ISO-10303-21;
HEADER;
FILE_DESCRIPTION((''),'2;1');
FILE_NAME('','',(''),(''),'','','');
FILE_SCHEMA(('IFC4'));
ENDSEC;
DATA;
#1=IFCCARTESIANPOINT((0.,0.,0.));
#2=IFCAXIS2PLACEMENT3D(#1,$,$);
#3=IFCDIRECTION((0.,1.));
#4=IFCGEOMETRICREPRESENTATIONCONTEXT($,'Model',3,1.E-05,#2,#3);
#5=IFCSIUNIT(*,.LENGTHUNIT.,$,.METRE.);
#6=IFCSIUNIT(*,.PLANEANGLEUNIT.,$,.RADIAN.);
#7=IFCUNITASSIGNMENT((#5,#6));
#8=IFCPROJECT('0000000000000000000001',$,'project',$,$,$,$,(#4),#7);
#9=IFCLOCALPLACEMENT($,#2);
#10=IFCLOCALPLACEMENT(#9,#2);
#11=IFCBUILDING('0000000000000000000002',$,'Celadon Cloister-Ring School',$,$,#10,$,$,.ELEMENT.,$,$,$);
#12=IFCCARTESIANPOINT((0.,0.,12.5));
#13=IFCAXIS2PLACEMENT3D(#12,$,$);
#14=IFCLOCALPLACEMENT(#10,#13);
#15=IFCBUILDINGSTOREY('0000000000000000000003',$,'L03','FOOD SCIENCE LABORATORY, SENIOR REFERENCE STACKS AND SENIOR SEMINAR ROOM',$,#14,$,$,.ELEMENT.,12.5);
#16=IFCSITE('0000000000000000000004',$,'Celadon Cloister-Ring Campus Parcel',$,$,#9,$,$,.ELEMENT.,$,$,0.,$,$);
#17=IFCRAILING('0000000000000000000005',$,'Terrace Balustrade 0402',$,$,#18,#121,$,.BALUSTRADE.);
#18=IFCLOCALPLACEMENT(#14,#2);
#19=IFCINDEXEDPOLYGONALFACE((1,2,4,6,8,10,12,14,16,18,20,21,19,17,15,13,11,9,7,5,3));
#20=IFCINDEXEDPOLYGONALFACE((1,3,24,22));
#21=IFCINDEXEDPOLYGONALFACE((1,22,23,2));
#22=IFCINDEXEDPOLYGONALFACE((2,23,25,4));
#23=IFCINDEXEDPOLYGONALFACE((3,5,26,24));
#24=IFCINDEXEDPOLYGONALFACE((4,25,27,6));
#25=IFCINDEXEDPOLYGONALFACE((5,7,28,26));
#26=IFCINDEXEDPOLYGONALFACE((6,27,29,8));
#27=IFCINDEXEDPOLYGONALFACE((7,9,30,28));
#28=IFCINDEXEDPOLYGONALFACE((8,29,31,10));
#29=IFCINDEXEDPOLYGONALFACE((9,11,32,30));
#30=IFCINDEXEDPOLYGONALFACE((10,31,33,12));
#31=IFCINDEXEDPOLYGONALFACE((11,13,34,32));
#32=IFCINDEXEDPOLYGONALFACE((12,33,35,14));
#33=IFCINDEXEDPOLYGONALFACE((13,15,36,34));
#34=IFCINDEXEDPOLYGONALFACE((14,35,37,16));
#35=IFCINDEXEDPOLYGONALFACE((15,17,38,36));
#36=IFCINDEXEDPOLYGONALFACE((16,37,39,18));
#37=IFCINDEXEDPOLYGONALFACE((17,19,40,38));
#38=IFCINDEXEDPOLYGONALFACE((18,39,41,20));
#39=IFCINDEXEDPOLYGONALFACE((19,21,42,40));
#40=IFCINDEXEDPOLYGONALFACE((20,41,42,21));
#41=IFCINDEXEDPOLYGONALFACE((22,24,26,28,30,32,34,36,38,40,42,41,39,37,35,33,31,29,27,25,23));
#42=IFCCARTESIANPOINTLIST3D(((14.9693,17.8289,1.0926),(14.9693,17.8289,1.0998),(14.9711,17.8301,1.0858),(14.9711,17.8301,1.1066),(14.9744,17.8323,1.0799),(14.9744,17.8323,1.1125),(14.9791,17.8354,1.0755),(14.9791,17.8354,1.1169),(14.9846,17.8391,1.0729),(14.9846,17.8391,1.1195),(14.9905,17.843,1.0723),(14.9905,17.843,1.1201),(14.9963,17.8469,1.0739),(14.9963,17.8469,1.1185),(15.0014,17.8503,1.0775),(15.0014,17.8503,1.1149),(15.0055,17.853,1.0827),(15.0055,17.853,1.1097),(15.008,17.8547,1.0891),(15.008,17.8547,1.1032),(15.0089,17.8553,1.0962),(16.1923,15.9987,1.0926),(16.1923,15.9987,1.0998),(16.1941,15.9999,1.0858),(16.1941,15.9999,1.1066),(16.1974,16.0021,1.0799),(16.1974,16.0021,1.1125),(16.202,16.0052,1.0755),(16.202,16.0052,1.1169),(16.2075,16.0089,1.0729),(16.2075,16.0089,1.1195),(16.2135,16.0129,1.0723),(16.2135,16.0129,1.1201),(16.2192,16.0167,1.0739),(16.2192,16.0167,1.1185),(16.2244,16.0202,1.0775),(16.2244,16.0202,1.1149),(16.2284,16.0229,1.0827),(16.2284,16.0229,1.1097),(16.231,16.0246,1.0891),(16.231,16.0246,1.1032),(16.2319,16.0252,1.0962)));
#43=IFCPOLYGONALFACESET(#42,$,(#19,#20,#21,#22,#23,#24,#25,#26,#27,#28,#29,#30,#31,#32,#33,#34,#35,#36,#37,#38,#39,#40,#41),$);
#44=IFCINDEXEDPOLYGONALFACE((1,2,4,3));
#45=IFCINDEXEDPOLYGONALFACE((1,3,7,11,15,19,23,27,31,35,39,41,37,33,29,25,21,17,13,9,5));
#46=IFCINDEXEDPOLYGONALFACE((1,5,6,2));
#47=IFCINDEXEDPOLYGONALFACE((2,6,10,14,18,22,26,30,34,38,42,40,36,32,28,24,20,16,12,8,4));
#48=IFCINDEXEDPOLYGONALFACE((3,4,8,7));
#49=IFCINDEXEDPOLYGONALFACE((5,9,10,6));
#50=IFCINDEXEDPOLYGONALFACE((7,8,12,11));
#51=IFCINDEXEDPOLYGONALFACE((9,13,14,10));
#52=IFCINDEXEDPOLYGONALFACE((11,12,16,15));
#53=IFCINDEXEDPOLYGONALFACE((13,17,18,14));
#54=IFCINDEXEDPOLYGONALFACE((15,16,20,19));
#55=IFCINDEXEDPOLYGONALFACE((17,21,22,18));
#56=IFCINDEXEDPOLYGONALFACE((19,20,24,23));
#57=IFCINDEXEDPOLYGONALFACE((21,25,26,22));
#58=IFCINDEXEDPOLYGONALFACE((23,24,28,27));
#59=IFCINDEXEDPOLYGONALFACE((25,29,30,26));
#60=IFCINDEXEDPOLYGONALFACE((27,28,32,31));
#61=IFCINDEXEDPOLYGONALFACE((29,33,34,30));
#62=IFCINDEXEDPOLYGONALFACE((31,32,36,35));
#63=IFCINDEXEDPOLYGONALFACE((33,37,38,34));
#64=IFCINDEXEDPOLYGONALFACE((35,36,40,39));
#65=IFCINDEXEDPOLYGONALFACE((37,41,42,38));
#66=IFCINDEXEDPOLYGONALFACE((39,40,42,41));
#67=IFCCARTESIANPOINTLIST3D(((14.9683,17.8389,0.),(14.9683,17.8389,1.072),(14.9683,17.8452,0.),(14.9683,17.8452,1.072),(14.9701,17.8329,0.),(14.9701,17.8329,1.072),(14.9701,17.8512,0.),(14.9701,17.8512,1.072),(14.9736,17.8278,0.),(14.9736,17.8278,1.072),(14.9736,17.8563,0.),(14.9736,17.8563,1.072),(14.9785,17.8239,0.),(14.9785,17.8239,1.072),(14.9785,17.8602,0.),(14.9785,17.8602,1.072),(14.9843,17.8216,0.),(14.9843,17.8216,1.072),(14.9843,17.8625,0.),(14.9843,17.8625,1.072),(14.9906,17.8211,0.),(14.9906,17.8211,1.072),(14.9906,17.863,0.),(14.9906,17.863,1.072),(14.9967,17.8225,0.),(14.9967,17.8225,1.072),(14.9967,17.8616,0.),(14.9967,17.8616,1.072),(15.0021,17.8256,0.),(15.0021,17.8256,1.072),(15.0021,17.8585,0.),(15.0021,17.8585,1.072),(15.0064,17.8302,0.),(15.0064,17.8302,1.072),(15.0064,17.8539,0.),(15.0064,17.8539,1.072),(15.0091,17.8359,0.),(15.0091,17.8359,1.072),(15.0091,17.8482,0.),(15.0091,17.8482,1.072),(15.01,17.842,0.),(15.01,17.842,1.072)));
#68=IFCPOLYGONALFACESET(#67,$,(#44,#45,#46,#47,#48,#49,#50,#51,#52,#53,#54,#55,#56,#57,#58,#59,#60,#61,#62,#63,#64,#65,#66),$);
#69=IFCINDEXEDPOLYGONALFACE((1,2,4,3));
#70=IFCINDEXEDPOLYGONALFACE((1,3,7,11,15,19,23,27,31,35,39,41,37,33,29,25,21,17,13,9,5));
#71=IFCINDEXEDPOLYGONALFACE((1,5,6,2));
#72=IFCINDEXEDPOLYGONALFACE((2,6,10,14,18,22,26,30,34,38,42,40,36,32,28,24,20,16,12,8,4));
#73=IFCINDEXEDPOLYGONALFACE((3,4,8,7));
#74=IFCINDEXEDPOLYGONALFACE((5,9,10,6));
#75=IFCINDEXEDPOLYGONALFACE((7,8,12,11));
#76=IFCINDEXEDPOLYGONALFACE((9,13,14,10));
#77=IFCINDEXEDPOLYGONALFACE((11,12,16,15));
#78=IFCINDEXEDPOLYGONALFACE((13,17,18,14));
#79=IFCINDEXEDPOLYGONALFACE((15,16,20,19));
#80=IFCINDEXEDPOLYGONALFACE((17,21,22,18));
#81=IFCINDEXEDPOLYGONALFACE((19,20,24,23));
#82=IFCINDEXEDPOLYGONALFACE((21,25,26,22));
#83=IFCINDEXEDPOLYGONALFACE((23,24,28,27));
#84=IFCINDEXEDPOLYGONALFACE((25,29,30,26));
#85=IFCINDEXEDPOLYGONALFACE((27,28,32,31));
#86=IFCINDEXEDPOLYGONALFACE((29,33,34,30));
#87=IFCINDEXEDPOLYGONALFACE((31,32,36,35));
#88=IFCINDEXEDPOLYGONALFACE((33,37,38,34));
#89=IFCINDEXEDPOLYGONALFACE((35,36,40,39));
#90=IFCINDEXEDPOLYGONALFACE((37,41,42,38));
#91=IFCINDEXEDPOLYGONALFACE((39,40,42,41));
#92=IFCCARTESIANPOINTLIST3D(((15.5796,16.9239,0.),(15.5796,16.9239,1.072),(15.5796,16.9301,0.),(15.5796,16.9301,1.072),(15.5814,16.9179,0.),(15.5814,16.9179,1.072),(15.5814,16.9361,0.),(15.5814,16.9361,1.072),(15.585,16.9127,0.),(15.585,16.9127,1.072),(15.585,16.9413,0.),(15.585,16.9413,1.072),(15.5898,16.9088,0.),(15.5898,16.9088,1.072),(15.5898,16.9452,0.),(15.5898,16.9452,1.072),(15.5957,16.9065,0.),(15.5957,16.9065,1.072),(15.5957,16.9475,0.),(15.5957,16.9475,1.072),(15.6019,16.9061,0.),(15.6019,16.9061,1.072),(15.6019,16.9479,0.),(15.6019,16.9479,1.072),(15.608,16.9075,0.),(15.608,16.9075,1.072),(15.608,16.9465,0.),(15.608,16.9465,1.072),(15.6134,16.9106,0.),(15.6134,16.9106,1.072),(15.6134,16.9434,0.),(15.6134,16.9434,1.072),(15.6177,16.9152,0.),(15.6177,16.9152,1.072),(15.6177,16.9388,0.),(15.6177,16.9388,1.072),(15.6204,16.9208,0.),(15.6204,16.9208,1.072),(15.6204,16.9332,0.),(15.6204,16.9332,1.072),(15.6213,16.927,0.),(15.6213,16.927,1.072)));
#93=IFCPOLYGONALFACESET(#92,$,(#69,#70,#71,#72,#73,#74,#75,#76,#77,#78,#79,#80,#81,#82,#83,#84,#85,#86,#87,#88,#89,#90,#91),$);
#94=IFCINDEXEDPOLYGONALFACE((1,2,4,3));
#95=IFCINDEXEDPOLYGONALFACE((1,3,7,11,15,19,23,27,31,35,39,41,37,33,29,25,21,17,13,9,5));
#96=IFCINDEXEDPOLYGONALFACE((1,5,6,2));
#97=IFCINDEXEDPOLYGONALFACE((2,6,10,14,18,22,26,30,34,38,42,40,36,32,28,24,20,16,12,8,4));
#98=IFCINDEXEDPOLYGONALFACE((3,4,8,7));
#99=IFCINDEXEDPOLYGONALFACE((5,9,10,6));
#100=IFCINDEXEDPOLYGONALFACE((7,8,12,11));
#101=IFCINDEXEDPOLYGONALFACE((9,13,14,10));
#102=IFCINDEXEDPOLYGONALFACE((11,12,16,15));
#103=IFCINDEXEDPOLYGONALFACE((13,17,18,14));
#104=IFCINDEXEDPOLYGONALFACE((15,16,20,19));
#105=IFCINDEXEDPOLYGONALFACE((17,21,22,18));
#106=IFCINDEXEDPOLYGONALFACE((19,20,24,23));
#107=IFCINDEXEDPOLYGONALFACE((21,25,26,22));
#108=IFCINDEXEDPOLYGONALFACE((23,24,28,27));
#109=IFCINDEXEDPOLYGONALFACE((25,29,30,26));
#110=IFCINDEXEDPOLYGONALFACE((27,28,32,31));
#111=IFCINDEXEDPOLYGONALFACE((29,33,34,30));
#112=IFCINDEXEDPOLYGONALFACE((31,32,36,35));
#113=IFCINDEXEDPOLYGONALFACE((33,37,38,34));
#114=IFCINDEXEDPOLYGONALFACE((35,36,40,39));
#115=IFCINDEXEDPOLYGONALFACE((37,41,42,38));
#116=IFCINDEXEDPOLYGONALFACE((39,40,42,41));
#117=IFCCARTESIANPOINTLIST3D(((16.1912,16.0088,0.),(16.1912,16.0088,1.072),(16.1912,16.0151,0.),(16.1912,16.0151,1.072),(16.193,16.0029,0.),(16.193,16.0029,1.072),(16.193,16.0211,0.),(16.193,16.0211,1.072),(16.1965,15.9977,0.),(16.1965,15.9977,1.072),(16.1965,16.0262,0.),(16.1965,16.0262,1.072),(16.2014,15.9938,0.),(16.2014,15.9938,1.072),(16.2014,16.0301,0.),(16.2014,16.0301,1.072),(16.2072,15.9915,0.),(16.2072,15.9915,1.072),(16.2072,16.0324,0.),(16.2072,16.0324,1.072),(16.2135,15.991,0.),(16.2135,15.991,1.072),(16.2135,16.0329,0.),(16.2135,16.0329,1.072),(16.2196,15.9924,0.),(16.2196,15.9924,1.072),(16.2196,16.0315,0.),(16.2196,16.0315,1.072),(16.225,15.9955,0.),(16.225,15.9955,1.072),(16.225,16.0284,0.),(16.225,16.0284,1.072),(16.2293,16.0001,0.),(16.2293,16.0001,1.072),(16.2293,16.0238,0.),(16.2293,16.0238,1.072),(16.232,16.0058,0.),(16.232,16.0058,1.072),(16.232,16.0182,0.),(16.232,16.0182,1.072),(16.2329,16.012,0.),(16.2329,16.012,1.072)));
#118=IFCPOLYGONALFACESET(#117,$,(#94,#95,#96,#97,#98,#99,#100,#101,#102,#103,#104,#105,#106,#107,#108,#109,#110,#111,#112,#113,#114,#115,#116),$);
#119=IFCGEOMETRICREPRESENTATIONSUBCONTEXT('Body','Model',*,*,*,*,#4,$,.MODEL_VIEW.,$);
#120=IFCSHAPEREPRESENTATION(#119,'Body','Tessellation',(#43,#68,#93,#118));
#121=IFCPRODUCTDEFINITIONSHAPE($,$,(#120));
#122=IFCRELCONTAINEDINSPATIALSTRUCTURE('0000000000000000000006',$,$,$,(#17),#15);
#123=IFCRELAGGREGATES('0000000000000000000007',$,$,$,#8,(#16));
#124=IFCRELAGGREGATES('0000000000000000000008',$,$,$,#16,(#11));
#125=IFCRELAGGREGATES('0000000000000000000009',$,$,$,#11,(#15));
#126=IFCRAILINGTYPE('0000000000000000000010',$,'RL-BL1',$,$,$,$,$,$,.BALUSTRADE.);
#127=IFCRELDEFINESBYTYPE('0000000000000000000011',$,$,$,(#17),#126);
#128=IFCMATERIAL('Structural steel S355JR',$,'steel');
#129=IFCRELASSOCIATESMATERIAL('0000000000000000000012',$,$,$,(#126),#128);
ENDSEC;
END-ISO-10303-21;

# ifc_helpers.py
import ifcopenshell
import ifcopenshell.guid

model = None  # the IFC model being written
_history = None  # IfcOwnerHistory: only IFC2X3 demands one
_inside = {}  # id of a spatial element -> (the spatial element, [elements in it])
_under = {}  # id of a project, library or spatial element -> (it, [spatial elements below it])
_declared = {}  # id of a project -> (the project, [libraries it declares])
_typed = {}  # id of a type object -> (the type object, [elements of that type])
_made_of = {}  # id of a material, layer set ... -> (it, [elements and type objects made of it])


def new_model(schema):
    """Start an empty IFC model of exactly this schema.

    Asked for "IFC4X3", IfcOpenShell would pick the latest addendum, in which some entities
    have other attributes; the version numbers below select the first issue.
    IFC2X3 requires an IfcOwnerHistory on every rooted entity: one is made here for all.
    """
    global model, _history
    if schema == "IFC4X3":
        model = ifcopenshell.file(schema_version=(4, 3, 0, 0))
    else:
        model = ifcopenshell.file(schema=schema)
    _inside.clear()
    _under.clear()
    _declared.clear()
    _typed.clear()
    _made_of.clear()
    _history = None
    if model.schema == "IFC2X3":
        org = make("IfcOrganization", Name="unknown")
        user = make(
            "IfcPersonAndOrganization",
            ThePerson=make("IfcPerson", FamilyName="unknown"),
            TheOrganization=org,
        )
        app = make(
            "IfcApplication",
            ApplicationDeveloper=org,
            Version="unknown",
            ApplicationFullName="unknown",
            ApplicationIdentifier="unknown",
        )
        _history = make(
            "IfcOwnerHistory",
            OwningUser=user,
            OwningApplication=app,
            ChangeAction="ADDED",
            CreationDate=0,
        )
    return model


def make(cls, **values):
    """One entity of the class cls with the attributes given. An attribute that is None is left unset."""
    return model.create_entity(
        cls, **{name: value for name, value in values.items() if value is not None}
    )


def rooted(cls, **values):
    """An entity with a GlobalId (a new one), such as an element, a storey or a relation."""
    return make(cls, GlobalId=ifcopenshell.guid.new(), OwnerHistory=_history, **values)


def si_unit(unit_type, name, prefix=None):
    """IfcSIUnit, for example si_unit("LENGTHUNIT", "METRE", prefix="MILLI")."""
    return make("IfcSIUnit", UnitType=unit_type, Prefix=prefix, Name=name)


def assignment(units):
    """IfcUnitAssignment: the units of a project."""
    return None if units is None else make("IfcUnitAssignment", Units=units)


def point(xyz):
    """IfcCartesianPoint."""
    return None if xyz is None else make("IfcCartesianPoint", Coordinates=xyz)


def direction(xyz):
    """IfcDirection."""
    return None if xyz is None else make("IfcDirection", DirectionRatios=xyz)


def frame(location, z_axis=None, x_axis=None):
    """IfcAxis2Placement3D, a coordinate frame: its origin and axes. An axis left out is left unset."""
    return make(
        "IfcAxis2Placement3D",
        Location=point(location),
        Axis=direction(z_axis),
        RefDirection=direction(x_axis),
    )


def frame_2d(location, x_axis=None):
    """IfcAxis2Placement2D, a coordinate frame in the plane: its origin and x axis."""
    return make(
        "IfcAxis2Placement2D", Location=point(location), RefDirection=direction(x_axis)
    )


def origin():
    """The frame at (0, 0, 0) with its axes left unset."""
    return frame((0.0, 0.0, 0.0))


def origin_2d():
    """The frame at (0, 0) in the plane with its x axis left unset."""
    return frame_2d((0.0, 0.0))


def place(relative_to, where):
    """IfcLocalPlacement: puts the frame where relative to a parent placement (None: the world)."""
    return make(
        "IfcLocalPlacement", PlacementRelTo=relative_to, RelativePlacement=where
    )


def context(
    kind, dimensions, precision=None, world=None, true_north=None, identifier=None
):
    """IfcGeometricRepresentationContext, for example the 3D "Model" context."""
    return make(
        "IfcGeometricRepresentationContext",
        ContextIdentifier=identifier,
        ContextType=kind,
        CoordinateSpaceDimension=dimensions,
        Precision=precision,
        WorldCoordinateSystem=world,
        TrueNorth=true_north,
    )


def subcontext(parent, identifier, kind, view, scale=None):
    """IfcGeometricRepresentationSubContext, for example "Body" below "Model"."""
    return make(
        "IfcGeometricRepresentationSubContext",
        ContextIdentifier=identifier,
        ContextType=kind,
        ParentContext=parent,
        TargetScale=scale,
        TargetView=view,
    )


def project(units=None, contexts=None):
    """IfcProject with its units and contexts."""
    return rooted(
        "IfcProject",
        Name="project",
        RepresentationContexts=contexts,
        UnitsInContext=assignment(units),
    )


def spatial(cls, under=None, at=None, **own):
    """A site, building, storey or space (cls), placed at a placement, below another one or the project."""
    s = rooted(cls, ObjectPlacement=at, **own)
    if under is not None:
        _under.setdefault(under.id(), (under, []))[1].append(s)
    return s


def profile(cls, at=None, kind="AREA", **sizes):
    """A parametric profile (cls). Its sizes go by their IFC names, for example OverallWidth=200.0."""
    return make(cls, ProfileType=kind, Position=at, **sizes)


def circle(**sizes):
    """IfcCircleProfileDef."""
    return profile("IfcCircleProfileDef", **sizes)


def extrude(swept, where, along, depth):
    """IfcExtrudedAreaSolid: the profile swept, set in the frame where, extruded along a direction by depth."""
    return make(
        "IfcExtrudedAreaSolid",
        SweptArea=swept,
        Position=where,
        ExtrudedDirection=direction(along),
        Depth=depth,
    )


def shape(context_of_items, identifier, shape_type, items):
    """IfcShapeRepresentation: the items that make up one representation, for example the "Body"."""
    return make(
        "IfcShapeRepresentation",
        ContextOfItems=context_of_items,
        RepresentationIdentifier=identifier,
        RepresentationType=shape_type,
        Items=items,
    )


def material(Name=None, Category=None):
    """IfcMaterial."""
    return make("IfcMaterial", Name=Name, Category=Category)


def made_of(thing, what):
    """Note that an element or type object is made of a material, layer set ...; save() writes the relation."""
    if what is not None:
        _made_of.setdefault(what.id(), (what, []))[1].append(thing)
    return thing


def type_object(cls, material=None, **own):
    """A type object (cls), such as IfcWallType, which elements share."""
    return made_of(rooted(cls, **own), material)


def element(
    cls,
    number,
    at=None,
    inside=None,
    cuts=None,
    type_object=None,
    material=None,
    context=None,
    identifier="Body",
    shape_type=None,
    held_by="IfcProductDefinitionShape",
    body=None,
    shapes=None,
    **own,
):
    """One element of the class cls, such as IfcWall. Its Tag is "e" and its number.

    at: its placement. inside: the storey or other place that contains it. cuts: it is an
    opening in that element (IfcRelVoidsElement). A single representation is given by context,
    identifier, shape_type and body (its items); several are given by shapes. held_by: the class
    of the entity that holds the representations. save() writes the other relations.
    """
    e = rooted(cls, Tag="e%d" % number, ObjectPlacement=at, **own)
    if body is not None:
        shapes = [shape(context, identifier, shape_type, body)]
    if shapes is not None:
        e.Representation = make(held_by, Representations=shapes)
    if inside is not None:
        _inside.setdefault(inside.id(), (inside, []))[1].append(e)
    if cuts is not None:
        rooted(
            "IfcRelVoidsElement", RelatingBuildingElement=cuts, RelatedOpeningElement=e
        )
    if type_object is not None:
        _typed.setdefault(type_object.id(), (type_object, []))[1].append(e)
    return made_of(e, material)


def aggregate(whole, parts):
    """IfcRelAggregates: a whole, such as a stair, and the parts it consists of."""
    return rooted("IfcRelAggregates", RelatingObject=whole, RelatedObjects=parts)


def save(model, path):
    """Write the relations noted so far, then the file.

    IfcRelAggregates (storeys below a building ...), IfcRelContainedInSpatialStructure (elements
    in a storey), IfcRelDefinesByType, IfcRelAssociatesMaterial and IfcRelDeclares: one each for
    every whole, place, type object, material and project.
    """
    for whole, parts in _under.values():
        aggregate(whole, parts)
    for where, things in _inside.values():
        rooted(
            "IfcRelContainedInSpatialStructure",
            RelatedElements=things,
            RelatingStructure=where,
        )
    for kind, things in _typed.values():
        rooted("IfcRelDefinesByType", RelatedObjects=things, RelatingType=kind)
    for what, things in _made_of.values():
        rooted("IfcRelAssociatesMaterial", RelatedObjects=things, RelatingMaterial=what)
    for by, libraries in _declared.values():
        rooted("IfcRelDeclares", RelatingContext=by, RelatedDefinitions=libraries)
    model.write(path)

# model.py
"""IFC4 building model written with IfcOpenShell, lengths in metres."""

from ifc_helpers import new_model, si_unit, direction, frame, origin, origin_2d, place, context, subcontext, project, spatial, circle, extrude, material, type_object, element, save


model = new_model("IFC4")

# Units and contexts
model_context = context("Model", 3, precision=1e-05, world=origin(), true_north=direction((0.0, 1.0)))
body_context = subcontext(model_context, "Body", "Model", "MODEL_VIEW")
ifc_project = project(units=[si_unit("LENGTHUNIT", "METRE"), si_unit("PLANEANGLEUNIT", "RADIAN")], contexts=[model_context])

# Site, building, storey
site_placement = place(None, origin())
site = spatial("IfcSite", under=ifc_project, at=site_placement, Name="Celadon Cloister-Ring Campus Parcel", CompositionType="ELEMENT", RefElevation=0.0)
building_placement = place(site_placement, origin())
building = spatial("IfcBuilding", under=site, at=building_placement, Name="Celadon Cloister-Ring School", CompositionType="ELEMENT")
storey_placement = place(building_placement, frame((0.0, 0.0, 12.5)))
storey = spatial("IfcBuildingStorey", under=building, at=storey_placement, Name="L03", Description="FOOD SCIENCE LABORATORY, SENIOR REFERENCE STACKS AND SENIOR SEMINAR ROOM", CompositionType="ELEMENT", Elevation=12.5)

# Railing
ifc_material_1 = material(Name="Structural steel S355JR", Category="steel")
railing_type = type_object("IfcRailingType", Name="RL-BL1", PredefinedType="BALUSTRADE", material=ifc_material_1)
railing_1_placement = place(storey_placement, frame((14.989, 17.842, 0.0)))
element("IfcRailing", 1, at=railing_1_placement, inside=storey, type_object=railing_type, Name="Terrace Balustrade 0402", PredefinedType="BALUSTRADE", context=body_context, shape_type="SweptSolid", body=[
    extrude(circle(Radius=0.0239, at=origin_2d()), frame((0.0, 0.0, 1.0962), z_axis=(0.555596, -0.831453, 0.0), x_axis=(0.831453, 0.555596, 0.0)), (0.0, 0.0, 1.0), 2.2012),
    extrude(circle(Radius=0.021, at=origin_2d()), origin(), (0.0, 0.0, 1.0), 1.072),
    extrude(circle(Radius=0.021, at=origin_2d()), frame((0.6113, -0.915, 0.0)), (0.0, 0.0, 1.0), 1.072),
    extrude(circle(Radius=0.021, at=origin_2d()), frame((1.2229, -1.8301, 0.0)), (0.0, 0.0, 1.0), 1.072),
])

save(model, "model.ifc")
